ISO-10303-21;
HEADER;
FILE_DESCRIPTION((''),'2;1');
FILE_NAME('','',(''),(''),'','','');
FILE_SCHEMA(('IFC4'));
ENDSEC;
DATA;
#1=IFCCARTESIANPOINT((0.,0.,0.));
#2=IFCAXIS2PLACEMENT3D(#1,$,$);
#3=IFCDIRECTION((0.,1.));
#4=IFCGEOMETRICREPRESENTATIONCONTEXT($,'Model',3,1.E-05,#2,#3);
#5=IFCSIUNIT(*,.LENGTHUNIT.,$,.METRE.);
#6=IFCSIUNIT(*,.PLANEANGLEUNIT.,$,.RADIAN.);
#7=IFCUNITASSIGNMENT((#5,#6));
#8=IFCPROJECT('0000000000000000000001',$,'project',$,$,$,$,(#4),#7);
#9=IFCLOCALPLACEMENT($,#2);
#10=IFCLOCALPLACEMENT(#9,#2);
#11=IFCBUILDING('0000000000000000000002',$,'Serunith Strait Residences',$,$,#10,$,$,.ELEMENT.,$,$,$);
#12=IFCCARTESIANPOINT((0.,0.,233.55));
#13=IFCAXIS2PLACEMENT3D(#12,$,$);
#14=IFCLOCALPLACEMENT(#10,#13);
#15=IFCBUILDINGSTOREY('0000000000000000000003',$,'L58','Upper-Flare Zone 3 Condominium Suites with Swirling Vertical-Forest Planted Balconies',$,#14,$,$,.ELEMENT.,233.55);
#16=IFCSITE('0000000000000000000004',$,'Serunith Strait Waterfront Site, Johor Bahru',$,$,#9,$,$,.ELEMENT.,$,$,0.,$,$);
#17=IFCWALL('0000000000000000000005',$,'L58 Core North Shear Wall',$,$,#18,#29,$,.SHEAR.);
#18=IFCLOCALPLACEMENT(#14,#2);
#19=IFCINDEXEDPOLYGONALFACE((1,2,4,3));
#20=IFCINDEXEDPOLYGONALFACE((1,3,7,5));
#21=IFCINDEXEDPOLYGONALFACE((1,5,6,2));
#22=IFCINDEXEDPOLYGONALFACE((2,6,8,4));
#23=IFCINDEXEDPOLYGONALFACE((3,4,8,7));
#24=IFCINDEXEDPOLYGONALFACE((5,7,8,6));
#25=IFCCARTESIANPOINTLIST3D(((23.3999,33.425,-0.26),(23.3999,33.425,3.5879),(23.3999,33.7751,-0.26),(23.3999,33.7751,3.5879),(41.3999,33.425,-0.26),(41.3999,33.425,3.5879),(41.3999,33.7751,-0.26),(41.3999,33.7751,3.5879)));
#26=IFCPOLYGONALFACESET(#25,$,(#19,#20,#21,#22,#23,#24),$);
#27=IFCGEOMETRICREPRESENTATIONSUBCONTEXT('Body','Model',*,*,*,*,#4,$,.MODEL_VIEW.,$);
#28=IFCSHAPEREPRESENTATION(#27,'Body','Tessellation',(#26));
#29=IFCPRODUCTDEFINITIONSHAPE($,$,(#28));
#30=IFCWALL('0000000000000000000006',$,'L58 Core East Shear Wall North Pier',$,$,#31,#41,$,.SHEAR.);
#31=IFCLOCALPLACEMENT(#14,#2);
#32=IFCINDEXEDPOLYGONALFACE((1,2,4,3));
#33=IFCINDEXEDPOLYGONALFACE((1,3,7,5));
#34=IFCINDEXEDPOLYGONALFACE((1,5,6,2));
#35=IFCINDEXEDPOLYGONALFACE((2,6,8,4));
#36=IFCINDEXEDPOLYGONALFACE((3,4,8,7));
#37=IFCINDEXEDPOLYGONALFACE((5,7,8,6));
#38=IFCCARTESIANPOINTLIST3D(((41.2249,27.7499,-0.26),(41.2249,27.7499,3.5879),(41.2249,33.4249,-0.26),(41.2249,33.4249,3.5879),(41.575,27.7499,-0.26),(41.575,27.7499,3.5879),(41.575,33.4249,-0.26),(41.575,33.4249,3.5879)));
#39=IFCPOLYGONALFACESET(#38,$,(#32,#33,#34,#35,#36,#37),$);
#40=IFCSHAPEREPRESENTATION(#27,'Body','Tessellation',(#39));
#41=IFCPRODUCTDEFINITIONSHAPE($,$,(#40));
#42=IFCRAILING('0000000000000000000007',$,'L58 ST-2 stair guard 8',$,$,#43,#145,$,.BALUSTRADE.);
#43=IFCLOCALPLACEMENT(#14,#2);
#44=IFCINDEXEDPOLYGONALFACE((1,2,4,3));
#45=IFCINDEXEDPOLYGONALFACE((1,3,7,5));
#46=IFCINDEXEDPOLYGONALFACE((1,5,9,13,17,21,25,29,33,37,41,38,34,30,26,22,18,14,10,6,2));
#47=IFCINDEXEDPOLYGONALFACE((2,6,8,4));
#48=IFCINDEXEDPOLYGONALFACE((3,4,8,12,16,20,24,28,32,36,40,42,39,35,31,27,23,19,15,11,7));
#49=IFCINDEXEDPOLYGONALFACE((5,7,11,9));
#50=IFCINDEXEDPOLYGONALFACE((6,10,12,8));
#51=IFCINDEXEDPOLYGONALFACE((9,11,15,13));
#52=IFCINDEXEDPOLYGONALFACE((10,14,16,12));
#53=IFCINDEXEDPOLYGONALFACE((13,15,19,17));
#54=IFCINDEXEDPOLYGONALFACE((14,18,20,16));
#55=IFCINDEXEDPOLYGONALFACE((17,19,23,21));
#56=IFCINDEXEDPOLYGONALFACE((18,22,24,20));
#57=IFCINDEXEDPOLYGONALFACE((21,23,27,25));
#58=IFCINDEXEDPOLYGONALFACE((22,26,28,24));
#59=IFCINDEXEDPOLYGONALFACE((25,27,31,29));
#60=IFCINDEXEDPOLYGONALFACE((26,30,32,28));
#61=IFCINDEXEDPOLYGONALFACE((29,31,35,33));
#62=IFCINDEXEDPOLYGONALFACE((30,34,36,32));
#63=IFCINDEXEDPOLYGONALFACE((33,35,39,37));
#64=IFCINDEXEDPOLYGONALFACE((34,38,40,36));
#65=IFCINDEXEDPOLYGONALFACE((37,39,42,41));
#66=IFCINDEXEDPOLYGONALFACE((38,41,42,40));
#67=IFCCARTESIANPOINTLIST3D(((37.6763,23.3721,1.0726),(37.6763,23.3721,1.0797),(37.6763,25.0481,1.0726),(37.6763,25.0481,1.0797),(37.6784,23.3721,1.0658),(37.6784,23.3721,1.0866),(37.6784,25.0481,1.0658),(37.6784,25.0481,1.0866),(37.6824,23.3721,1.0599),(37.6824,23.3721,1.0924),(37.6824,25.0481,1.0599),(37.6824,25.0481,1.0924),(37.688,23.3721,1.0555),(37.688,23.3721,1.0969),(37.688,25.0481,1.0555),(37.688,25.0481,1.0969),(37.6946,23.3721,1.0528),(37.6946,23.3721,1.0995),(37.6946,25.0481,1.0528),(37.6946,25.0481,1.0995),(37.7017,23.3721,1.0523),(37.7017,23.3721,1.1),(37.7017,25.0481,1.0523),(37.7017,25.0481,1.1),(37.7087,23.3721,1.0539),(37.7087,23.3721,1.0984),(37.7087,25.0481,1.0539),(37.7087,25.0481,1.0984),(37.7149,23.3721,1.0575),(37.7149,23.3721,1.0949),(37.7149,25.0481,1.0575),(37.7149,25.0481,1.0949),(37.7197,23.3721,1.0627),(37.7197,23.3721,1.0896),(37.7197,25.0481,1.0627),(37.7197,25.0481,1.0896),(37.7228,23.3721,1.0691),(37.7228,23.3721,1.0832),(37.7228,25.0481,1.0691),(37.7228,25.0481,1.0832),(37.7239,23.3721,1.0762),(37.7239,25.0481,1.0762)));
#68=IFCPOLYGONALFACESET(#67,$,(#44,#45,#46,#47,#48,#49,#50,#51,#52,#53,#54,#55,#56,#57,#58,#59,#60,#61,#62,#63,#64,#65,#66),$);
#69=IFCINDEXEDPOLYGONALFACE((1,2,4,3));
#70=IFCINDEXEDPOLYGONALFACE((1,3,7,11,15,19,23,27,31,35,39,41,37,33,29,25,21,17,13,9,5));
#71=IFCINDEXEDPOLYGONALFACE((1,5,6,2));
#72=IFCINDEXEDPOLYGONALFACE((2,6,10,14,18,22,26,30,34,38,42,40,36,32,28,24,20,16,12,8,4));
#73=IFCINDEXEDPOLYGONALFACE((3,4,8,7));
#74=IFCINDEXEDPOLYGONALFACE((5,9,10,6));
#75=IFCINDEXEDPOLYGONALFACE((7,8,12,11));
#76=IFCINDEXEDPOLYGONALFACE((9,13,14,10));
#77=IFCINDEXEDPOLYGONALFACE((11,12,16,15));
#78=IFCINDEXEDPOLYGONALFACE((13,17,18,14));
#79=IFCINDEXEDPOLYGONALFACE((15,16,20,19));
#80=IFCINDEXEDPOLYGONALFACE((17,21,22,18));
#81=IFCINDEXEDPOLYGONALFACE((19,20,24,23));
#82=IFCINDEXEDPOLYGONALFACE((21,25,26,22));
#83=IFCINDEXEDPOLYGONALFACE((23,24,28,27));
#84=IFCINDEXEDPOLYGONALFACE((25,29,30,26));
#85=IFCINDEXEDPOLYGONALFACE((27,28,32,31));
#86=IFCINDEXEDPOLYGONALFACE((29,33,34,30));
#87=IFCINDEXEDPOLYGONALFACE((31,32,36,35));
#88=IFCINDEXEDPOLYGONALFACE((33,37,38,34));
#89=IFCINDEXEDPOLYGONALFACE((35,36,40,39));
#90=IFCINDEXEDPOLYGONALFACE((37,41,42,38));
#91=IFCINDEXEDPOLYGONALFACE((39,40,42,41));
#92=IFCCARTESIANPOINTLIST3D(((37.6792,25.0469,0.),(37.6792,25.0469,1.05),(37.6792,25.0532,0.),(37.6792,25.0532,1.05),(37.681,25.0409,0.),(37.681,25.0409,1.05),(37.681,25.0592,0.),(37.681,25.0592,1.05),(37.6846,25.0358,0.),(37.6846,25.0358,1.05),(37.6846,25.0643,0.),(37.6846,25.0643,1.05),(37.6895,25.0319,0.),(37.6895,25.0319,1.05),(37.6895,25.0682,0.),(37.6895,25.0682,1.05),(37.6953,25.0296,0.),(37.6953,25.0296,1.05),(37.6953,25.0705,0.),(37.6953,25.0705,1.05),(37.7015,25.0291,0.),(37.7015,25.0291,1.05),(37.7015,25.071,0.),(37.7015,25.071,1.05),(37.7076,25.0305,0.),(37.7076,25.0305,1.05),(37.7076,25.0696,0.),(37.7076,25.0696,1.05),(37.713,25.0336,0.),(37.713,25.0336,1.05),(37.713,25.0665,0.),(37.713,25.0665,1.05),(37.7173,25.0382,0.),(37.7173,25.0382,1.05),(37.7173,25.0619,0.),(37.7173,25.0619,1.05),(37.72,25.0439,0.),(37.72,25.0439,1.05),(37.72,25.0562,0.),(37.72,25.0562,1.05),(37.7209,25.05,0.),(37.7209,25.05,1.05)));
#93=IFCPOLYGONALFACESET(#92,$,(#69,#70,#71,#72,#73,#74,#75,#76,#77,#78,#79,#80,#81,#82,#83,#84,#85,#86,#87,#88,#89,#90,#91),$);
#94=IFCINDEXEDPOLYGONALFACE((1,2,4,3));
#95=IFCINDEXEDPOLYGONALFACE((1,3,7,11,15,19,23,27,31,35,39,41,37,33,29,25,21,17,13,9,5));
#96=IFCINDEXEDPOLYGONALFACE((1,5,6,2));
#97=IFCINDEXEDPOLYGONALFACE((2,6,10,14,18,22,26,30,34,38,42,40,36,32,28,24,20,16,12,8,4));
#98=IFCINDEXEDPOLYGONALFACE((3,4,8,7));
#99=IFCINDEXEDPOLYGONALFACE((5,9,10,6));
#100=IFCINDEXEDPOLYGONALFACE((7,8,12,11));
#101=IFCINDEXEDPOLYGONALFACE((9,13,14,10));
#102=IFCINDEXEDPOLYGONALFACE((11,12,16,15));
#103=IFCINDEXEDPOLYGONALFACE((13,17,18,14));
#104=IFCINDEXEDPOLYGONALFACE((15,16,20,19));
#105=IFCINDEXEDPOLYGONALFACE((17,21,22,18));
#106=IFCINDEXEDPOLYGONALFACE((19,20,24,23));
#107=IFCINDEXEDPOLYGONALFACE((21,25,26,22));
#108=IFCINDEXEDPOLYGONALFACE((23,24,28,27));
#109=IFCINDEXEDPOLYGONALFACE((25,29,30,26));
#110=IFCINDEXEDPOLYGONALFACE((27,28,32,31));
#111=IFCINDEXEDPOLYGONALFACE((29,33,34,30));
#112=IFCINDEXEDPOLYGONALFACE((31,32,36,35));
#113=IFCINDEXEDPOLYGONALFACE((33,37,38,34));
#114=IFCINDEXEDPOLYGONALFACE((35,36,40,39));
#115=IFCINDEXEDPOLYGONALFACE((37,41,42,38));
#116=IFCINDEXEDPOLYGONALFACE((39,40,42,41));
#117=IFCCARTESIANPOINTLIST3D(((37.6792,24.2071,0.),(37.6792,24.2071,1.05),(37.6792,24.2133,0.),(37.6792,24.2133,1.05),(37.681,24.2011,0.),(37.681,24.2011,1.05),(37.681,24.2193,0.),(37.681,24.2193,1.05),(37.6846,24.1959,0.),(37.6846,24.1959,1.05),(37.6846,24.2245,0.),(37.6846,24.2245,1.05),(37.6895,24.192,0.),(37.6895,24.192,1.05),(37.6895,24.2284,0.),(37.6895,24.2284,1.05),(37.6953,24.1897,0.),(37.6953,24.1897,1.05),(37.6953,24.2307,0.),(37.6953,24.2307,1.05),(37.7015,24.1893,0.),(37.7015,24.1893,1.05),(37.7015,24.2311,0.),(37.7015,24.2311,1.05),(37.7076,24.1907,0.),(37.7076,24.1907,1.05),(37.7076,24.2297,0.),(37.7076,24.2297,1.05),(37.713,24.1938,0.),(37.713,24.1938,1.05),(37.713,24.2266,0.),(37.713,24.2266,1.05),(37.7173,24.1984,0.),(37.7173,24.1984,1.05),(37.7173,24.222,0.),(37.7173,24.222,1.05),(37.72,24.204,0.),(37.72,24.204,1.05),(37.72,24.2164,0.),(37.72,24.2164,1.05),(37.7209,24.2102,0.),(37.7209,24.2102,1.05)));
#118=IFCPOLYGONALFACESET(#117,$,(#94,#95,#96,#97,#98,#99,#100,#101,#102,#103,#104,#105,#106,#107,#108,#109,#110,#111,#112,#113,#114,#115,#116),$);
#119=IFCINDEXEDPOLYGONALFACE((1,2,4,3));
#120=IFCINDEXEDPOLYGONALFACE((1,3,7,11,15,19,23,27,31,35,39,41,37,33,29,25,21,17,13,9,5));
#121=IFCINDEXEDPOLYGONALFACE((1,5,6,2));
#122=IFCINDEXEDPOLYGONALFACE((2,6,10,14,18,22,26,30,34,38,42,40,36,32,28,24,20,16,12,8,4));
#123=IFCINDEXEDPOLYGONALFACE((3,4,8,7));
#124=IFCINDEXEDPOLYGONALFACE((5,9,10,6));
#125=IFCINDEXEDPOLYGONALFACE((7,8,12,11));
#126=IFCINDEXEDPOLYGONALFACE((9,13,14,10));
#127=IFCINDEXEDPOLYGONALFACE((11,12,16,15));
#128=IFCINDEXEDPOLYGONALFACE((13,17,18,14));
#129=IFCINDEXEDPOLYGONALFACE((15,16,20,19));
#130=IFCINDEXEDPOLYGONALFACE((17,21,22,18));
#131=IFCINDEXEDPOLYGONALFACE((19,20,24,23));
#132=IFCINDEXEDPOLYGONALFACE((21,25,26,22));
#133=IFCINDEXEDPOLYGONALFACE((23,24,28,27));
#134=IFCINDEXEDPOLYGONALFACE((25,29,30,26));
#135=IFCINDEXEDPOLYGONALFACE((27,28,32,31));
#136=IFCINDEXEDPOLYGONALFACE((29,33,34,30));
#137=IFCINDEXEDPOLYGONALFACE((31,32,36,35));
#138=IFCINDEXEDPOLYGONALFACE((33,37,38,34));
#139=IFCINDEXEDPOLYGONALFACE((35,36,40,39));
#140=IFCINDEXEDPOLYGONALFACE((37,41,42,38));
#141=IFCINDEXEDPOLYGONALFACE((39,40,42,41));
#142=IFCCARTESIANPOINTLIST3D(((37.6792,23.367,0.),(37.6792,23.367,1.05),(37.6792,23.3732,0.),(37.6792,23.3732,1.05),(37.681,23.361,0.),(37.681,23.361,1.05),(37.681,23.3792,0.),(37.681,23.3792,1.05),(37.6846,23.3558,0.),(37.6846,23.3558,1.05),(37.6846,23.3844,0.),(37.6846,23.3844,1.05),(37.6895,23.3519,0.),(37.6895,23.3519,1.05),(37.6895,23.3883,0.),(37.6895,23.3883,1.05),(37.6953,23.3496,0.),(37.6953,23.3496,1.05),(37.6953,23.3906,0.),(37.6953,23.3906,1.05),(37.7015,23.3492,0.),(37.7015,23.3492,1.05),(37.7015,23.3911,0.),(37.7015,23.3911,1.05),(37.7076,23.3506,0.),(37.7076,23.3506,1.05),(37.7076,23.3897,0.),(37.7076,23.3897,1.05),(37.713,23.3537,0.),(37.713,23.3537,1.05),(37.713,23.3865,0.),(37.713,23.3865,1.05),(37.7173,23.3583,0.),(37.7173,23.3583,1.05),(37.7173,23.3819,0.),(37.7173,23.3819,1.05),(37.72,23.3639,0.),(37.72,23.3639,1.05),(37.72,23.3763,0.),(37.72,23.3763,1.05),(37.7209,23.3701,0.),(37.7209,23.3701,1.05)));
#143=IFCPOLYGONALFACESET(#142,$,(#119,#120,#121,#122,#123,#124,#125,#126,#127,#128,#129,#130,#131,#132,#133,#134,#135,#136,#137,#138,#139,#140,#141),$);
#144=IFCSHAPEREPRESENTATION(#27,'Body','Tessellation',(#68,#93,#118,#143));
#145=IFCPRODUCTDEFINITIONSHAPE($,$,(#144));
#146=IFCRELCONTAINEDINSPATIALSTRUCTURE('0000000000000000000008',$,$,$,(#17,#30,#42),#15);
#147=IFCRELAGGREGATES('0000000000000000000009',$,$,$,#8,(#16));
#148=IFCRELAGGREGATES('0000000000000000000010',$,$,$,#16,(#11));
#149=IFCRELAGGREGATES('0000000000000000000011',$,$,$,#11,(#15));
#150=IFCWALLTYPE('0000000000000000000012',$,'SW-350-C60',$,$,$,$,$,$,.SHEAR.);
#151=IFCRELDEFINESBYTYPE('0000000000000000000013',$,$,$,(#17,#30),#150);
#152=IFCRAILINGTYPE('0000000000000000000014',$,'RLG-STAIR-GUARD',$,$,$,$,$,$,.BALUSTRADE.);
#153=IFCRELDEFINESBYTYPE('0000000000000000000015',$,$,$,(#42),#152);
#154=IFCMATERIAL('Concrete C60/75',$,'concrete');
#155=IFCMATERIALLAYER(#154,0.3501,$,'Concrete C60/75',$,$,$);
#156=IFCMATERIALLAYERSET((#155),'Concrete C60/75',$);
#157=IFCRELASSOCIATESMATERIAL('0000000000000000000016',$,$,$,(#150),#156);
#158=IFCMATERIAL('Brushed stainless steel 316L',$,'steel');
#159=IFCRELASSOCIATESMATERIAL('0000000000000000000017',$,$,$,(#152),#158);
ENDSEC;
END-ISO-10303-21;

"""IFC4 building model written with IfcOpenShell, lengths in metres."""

from ifc_helpers import new_model, si_unit, direction, frame, frame_2d, origin, origin_2d, place, context, subcontext, project, spatial, rectangle, circle, extrude, material, layer, layer_set, type_object, element, save


model = new_model("IFC4")

# Units and contexts
model_context = context("Model", 3, precision=1e-05, world=origin(), true_north=direction((0.0, 1.0)))
body_context = subcontext(model_context, "Body", "Model", "MODEL_VIEW")
ifc_project = project(units=[si_unit("LENGTHUNIT", "METRE"), si_unit("PLANEANGLEUNIT", "RADIAN")], contexts=[model_context])

# Site, building, storey
site_placement = place(None, origin())
site = spatial("IfcSite", under=ifc_project, at=site_placement, Name="Serunith Strait Waterfront Site, Johor Bahru", CompositionType="ELEMENT", RefElevation=0.0)
building_placement = place(site_placement, origin())
building = spatial("IfcBuilding", under=site, at=building_placement, Name="Serunith Strait Residences", CompositionType="ELEMENT")
storey_placement = place(building_placement, frame((0.0, 0.0, 233.55)))
storey = spatial("IfcBuildingStorey", under=building, at=storey_placement, Name="L58", Description="Upper-Flare Zone 3 Condominium Suites with Swirling Vertical-Forest Planted Balconies", CompositionType="ELEMENT", Elevation=233.55)

# Walls
ifc_material_1 = material(Name="Concrete C60/75", Category="concrete")
ifc_layer_1 = layer(ifc_material_1, 0.3501, Name="Concrete C60/75")
ifc_layer_set_1 = layer_set([ifc_layer_1], Name="Concrete C60/75")
wall_type_1 = type_object("IfcWallType", Name="SW-350-C60", PredefinedType="SHEAR", material=ifc_layer_set_1)
wall_1_placement = place(storey_placement, frame((41.3999, 33.6001, -0.26), z_axis=(0.0, 0.0, 1.0), x_axis=(-1.0, 0.0, 0.0)))
element("IfcWall", 1, at=wall_1_placement, inside=storey, type_object=wall_type_1, Name="L58 Core North Shear Wall", PredefinedType="SHEAR", context=body_context, shape_type="SweptSolid", body=[
    extrude(rectangle(XDim=18.0, YDim=0.3501, at=frame_2d((9.0, 0.0))), origin(), (0.0, 0.0, 1.0), 3.8479),
])
wall_2_placement = place(storey_placement, frame((41.3999, 27.75, -0.26), z_axis=(0.0, 0.0, 1.0), x_axis=(0.0, 1.0, 0.0)))
element("IfcWall", 2, at=wall_2_placement, inside=storey, type_object=wall_type_1, Name="L58 Core East Shear Wall North Pier", PredefinedType="SHEAR", context=body_context, shape_type="SweptSolid", body=[
    extrude(rectangle(XDim=5.675, YDim=0.3501, at=frame_2d((2.8374, 0.0))), origin(), (0.0, 0.0, 1.0), 3.8479),
])

# Railing
ifc_material_2 = material(Name="Brushed stainless steel 316L", Category="steel")
railing_type = type_object("IfcRailingType", Name="RLG-STAIR-GUARD", PredefinedType="BALUSTRADE", material=ifc_material_2)
for number, where, name in (
    (3, (37.7, 25.05, 0.0), "L58 ST-2 stair guard 8"),
):
    element("IfcRailing", number, at=place(storey_placement, frame(where)), inside=storey, type_object=railing_type, Name=name, PredefinedType="BALUSTRADE", context=body_context, shape_type="SweptSolid", body=[
        extrude(circle(Radius=0.0239, at=origin_2d()), frame((0.0, -0.002, 1.0762), z_axis=(0.0, -1.0, 0.0), x_axis=(1.0, 0.0, 0.0)), (0.0, 0.0, 1.0), 1.676),
        extrude(circle(Radius=0.021, at=origin_2d()), origin(), (0.0, 0.0, 1.0), 1.05),
        extrude(circle(Radius=0.021, at=origin_2d()), frame((0.0, -0.8398, 0.0)), (0.0, 0.0, 1.0), 1.05),
        extrude(circle(Radius=0.021, at=origin_2d()), frame((0.0, -1.6799, 0.0)), (0.0, 0.0, 1.0), 1.05),
    ])

save(model, "model.ifc")
